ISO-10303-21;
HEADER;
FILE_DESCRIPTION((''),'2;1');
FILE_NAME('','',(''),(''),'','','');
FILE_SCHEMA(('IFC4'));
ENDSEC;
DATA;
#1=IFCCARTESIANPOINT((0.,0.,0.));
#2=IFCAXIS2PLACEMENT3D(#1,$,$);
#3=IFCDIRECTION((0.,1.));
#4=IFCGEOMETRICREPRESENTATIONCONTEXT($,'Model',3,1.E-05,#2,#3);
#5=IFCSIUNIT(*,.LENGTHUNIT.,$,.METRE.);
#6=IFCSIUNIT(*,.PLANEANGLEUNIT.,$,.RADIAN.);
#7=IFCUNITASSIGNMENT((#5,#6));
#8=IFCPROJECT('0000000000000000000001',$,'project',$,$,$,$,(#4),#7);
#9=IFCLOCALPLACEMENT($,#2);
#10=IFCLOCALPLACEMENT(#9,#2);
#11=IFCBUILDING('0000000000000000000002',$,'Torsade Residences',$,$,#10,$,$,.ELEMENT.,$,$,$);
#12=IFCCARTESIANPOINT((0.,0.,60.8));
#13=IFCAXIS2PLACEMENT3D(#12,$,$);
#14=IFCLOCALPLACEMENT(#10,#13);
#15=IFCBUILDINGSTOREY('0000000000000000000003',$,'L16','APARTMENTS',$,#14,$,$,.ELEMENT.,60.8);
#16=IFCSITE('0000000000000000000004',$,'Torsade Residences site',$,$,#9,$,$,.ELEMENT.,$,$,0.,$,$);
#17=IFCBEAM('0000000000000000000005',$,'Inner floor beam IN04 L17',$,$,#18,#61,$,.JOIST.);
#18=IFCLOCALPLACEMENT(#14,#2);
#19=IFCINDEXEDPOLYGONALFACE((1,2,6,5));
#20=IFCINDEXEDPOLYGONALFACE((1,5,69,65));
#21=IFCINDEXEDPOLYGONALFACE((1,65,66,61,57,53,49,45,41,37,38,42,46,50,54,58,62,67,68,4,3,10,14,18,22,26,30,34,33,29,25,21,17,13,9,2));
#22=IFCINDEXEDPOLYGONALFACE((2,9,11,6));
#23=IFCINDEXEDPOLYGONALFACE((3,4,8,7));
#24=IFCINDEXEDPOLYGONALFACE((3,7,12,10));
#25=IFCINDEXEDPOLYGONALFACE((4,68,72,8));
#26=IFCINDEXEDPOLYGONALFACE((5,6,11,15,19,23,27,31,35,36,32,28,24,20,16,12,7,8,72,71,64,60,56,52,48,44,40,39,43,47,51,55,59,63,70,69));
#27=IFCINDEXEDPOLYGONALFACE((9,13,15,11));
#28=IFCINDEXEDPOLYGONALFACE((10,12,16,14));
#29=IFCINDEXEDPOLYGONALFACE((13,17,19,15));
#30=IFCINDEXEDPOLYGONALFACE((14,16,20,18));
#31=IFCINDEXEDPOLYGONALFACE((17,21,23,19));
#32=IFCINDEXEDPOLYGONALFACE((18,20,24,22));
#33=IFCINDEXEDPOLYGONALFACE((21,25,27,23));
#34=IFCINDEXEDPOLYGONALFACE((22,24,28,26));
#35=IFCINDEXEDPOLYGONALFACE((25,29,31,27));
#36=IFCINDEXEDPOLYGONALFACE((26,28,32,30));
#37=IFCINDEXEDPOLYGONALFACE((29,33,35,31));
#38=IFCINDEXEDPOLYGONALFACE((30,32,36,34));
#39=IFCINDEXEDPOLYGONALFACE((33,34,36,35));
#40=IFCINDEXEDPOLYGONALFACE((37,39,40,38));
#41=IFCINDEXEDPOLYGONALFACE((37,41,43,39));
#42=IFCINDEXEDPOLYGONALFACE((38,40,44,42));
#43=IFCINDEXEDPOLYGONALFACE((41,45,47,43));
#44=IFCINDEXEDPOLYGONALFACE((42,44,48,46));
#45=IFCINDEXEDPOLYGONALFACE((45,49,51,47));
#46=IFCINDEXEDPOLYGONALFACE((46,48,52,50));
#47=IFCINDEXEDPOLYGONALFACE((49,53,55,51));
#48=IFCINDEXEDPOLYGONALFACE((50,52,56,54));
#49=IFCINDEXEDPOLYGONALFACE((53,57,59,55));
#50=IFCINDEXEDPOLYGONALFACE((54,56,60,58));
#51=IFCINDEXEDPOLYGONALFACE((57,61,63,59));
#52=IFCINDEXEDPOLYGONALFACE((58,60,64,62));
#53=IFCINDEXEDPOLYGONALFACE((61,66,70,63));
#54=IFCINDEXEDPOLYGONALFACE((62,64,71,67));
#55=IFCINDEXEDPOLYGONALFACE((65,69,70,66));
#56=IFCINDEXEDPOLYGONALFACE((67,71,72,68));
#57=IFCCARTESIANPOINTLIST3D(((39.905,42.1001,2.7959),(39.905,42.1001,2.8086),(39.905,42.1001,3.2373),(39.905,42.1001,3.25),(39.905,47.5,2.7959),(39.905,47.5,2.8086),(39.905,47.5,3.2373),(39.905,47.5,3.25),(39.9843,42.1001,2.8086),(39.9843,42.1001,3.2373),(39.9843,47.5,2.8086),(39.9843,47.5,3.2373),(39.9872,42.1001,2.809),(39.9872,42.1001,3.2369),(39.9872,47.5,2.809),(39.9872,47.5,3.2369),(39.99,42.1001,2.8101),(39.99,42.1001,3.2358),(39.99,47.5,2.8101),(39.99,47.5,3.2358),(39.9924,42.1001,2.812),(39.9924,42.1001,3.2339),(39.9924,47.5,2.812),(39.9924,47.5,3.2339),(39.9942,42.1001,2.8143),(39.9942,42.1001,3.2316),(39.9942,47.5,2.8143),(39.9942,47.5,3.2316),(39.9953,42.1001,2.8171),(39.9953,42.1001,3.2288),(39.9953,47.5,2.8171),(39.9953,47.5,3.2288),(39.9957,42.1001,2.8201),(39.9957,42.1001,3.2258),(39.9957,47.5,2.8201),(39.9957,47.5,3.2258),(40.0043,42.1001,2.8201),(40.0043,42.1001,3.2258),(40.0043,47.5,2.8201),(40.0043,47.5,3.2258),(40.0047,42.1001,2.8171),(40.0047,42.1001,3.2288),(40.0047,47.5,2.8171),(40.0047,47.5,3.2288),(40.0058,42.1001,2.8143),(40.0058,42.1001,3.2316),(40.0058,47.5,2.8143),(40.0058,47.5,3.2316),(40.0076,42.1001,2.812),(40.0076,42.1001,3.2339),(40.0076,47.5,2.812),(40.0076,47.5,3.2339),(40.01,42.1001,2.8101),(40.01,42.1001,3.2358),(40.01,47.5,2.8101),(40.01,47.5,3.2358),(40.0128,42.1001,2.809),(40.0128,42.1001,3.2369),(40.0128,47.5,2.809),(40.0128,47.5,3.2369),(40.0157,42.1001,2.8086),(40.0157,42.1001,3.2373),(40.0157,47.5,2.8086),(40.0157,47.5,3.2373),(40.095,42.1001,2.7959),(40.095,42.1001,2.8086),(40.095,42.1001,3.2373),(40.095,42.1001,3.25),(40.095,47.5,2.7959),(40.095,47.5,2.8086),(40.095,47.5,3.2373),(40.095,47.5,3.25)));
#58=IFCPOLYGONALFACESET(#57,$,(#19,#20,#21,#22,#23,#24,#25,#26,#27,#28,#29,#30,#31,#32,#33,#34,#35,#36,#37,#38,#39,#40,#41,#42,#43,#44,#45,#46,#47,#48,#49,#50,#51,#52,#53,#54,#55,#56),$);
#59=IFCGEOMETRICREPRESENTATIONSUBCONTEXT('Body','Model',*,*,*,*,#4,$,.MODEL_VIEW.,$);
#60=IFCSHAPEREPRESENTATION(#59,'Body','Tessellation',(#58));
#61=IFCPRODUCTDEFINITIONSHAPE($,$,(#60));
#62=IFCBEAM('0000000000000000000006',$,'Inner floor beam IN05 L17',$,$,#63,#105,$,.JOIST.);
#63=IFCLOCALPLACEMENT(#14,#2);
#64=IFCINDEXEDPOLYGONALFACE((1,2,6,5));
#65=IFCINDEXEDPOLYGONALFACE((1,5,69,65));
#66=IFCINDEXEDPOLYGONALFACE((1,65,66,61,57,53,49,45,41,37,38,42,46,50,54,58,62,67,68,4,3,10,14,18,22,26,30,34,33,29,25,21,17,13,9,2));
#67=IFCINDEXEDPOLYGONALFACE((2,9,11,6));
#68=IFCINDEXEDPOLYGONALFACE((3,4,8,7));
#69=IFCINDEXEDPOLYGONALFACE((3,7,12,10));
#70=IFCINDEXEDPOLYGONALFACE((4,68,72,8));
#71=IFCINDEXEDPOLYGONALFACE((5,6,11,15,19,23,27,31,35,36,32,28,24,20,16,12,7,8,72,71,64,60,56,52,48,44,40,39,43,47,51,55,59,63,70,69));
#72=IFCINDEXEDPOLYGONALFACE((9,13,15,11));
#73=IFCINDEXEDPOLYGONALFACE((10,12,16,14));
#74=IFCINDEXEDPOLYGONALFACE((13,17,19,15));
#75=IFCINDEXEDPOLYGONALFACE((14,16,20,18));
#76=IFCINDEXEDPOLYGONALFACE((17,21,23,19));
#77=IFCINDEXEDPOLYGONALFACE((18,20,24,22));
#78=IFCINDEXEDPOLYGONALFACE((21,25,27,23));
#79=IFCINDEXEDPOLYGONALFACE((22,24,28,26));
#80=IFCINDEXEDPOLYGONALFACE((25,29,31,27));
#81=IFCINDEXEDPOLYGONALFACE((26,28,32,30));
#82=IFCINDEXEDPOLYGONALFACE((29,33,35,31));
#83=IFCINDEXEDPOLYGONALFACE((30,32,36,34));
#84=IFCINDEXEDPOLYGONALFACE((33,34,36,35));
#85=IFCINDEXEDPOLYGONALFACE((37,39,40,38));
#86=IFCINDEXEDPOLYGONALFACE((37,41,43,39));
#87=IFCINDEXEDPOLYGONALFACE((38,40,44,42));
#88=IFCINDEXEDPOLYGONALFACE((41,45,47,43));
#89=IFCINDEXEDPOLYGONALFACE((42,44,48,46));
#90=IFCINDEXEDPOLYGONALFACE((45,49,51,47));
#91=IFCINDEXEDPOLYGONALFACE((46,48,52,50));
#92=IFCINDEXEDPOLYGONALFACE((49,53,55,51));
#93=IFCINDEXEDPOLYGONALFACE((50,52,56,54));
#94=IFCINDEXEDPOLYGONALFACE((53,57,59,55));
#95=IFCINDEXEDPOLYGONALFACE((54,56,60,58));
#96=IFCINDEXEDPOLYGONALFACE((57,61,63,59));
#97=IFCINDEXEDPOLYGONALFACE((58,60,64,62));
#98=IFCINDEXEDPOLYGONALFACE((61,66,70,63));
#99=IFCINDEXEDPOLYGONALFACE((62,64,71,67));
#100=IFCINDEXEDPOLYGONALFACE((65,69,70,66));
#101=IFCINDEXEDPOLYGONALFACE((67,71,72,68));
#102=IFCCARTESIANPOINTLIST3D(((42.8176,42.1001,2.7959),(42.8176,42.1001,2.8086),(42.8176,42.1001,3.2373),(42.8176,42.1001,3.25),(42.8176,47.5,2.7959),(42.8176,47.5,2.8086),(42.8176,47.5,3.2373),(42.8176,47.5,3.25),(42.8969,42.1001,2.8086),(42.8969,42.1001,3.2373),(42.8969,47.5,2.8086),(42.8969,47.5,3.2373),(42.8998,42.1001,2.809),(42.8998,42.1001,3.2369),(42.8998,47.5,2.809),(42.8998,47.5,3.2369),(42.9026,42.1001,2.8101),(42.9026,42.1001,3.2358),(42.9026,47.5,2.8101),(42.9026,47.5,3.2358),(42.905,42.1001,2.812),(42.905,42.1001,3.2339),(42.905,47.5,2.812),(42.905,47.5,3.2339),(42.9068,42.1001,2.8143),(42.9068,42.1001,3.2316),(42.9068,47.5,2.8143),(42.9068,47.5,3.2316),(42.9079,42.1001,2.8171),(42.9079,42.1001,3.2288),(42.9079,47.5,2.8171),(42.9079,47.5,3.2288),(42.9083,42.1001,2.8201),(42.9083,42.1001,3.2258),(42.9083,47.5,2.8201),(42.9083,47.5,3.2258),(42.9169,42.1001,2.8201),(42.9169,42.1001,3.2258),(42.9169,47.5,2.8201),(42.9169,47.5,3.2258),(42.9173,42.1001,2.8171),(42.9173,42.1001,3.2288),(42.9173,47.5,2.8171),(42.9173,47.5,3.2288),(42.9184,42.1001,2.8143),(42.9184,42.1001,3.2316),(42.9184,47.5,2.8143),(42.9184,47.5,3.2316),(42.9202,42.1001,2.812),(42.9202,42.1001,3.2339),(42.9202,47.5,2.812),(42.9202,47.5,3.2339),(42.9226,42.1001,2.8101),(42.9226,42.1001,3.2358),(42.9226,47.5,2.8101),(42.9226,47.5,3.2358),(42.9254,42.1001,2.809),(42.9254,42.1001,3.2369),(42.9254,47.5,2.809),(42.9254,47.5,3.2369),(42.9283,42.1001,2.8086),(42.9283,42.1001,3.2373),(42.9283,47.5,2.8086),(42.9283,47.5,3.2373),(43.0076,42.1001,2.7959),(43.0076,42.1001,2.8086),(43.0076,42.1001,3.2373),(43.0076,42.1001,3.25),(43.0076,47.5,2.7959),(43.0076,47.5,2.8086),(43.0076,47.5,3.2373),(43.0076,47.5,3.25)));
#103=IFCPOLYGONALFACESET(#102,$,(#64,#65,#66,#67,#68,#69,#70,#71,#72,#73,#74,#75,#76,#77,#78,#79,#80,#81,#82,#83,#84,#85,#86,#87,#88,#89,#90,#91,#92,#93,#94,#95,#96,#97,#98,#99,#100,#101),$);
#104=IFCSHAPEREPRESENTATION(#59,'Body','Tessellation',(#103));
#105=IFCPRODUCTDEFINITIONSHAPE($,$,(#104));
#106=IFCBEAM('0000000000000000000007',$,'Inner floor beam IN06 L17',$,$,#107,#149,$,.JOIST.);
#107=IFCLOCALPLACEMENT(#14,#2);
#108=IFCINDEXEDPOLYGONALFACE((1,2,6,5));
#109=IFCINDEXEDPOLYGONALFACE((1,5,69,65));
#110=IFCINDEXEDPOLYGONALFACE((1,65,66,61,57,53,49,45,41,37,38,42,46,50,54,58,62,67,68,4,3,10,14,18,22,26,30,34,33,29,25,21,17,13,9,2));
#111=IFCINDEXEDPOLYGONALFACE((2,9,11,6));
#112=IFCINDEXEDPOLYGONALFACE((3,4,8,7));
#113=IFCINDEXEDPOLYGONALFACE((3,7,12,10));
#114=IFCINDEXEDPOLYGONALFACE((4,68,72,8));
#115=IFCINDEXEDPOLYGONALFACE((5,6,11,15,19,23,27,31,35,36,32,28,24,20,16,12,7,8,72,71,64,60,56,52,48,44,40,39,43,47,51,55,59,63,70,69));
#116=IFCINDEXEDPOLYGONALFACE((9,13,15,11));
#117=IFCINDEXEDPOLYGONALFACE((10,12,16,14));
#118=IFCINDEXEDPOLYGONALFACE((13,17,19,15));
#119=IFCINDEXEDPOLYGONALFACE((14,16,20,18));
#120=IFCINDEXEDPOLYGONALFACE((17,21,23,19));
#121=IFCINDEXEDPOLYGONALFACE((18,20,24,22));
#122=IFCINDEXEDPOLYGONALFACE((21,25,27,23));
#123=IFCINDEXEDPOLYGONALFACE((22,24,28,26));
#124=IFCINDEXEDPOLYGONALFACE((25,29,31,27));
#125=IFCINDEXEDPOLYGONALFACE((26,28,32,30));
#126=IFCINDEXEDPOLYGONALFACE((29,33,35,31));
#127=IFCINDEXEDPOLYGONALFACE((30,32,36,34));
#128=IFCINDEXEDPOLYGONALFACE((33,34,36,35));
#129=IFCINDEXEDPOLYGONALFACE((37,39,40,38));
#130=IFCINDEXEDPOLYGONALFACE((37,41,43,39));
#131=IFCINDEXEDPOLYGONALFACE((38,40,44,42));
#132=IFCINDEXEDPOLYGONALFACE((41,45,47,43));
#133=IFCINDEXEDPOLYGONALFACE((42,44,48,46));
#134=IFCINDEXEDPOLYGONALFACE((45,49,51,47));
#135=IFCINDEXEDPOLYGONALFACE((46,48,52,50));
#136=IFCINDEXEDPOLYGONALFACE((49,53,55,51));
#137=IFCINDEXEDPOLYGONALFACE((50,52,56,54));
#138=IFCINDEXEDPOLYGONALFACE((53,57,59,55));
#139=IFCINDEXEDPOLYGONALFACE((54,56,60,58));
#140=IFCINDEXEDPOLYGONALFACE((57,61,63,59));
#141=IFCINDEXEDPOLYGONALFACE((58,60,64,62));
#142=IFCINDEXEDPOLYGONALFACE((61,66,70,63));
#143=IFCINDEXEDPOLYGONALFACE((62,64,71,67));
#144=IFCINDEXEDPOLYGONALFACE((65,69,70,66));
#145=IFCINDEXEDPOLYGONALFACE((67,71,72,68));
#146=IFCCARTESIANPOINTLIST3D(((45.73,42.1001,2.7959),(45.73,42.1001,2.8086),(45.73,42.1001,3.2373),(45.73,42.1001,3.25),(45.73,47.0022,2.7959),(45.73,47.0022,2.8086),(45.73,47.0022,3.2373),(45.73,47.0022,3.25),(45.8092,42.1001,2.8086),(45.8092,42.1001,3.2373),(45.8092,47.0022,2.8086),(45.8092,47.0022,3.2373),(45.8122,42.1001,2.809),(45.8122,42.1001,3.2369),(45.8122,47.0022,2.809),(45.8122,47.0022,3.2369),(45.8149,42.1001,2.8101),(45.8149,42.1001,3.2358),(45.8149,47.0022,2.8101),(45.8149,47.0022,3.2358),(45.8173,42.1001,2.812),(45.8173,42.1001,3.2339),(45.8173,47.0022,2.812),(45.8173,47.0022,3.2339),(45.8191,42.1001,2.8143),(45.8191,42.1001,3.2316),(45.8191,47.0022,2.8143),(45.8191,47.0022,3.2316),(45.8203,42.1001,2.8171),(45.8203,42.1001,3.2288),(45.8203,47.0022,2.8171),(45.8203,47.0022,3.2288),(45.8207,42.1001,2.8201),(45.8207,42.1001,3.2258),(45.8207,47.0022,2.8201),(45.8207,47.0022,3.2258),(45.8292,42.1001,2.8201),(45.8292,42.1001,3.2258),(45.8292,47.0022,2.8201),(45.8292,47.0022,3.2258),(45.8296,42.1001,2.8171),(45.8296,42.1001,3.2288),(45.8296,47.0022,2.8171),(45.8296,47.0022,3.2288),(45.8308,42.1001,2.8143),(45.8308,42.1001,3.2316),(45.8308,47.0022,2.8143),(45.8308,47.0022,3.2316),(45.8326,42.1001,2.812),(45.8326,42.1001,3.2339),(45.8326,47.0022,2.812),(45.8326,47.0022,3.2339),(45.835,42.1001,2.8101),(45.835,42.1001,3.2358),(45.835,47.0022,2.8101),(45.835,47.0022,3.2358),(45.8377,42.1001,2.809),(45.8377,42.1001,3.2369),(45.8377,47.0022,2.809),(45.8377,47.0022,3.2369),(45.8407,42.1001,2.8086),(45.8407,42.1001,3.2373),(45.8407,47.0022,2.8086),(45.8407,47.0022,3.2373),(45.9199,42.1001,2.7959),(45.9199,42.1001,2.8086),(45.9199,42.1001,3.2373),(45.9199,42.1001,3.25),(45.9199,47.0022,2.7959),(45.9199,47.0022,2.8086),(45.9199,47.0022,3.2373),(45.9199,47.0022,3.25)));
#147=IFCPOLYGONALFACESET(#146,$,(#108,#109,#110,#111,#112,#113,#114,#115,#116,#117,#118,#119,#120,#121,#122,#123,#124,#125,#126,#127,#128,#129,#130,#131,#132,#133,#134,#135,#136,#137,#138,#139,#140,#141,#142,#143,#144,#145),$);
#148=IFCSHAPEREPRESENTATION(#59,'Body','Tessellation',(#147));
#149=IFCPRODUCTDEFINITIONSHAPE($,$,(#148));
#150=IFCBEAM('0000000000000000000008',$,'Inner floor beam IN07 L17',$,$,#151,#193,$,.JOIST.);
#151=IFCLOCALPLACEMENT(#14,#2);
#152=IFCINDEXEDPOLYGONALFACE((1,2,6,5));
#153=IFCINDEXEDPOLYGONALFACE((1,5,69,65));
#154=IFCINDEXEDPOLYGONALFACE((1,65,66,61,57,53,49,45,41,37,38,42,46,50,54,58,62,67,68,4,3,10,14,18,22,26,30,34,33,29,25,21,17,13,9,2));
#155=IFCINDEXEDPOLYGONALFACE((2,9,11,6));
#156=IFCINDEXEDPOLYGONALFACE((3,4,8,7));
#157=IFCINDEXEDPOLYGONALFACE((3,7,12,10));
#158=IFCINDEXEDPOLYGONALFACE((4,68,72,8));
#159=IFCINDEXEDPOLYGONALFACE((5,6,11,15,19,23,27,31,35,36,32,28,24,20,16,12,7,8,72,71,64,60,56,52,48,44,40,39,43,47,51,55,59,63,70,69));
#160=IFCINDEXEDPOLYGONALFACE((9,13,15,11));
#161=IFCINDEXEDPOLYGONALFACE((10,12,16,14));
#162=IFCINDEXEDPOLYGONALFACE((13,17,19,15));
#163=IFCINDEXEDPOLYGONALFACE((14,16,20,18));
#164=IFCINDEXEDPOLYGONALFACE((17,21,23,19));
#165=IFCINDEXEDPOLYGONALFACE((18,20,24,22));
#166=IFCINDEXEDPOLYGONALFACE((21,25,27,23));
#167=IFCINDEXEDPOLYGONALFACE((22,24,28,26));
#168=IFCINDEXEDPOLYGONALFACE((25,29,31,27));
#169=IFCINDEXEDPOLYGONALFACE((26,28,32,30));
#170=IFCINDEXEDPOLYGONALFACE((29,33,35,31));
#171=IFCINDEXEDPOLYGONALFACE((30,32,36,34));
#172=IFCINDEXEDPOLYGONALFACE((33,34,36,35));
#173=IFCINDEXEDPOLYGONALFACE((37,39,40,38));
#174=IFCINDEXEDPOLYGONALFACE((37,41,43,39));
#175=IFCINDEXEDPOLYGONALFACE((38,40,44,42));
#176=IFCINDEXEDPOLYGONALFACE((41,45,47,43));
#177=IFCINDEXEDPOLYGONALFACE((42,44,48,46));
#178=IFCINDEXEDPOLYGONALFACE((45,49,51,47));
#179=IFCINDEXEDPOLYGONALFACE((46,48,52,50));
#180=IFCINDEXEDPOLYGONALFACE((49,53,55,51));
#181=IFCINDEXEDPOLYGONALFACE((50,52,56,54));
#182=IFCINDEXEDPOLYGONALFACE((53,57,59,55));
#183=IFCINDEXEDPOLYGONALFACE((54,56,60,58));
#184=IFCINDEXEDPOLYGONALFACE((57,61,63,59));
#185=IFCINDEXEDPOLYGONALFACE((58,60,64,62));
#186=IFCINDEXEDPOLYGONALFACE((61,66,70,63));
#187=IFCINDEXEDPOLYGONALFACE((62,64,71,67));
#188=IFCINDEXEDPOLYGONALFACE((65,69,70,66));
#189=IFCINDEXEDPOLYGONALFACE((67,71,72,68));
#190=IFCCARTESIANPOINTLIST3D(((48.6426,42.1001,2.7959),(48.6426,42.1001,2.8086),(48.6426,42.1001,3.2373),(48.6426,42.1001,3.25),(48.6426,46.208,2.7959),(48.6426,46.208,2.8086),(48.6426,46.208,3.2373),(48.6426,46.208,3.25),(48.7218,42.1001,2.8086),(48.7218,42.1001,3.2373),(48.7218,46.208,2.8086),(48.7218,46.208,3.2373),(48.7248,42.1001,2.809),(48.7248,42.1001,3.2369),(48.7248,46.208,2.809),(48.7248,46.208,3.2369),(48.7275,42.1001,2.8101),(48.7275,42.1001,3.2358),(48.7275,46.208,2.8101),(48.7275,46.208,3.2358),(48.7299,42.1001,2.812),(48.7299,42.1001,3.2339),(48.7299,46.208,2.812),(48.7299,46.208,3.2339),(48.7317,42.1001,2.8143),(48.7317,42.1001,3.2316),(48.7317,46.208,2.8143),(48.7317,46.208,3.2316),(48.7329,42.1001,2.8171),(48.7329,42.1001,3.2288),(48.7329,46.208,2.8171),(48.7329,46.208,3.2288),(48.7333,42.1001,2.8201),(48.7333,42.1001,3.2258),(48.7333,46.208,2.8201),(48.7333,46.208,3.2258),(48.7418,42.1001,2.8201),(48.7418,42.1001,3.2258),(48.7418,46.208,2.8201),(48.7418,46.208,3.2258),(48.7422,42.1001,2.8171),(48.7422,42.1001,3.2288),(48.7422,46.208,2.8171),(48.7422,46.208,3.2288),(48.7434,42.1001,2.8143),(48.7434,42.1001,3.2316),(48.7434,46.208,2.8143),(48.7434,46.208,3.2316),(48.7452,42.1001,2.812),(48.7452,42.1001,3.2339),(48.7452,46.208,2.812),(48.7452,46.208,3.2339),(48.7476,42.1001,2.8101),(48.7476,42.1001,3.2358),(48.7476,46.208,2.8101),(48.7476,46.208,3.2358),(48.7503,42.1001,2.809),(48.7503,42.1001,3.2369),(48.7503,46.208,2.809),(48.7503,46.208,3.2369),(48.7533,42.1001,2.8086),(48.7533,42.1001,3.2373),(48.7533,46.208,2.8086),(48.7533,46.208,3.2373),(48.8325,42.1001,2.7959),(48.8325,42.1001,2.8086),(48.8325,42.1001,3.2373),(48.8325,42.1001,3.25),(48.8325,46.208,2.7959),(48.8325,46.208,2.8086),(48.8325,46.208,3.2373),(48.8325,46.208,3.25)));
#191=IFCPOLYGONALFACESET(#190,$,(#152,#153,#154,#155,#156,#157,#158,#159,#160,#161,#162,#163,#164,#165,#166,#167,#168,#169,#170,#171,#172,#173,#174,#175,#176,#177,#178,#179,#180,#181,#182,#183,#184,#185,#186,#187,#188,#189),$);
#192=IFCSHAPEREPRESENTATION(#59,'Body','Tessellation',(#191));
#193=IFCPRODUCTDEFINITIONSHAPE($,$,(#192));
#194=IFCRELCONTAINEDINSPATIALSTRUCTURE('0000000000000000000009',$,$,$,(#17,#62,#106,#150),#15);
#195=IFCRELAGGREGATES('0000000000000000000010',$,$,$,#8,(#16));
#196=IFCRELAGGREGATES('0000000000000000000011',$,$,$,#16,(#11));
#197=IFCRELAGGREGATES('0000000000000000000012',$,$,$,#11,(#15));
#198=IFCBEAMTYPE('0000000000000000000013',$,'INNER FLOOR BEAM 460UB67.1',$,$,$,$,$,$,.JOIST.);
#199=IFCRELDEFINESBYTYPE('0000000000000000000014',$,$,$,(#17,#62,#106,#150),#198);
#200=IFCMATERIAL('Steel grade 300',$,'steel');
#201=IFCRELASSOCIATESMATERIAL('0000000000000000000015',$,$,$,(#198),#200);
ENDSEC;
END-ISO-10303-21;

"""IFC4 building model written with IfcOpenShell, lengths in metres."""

from ifc_helpers import new_model, si_unit, direction, frame, origin, origin_2d, place, context, subcontext, project, spatial, i_section, extrude, material, material_profile, profile_set, type_object, element, save


model = new_model("IFC4")

# Units and contexts
model_context = context("Model", 3, precision=1e-05, world=origin(), true_north=direction((0.0, 1.0)))
body_context = subcontext(model_context, "Body", "Model", "MODEL_VIEW")
ifc_project = project(units=[si_unit("LENGTHUNIT", "METRE"), si_unit("PLANEANGLEUNIT", "RADIAN")], contexts=[model_context])

# Site, building, storey
site_placement = place(None, origin())
site = spatial("IfcSite", under=ifc_project, at=site_placement, Name="Torsade Residences site", CompositionType="ELEMENT", RefElevation=0.0)
building_placement = place(site_placement, origin())
building = spatial("IfcBuilding", under=site, at=building_placement, Name="Torsade Residences", CompositionType="ELEMENT")
storey_placement = place(building_placement, frame((0.0, 0.0, 60.8)))
storey = spatial("IfcBuildingStorey", under=building, at=storey_placement, Name="L16", Description="APARTMENTS", CompositionType="ELEMENT", Elevation=60.8)

# Beams
ifc_material_1 = material(Name="Steel grade 300", Category="steel")
ifc_material_profile = material_profile(ifc_material_1, i_section(OverallWidth=0.1899, OverallDepth=0.4541, WebThickness=0.0085, FlangeThickness=0.0127, FilletRadius=0.0115, at=origin_2d()), Name="460UB67.1")
ifc_profile_set = profile_set([ifc_material_profile], Name="Steel grade 300")
beam_type = type_object("IfcBeamType", Name="INNER FLOOR BEAM 460UB67.1", PredefinedType="JOIST", material=ifc_profile_set)
for number, where, z_axis, x_axis, name in (
    (1, (40.0, 42.1001, 3.0229), (0.0, 1.0, 0.0), (-1.0, 0.0, 0.0), "Inner floor beam IN04 L17"),
    (2, (42.9126, 42.1001, 3.0229), (0.0, 1.0, 0.0), (-1.0, 0.0, 0.0), "Inner floor beam IN05 L17"),
):
    element("IfcBeam", number, at=place(storey_placement, frame(where, z_axis=z_axis, x_axis=x_axis)), inside=storey, type_object=beam_type, Name=name, PredefinedType="JOIST", context=body_context, shape_type="SweptSolid", body=[
        extrude(i_section(OverallWidth=0.1899, OverallDepth=0.4541, WebThickness=0.0085, FlangeThickness=0.0127, FilletRadius=0.0115, at=origin_2d()), origin(), (0.0, 0.0, 1.0), 5.3999),
    ])
beam_1_placement = place(storey_placement, frame((45.825, 42.1001, 3.0229), z_axis=(0.0, 1.0, 0.0), x_axis=(-1.0, 0.0, 0.0)))
element("IfcBeam", 3, at=beam_1_placement, inside=storey, type_object=beam_type, Name="Inner floor beam IN06 L17", PredefinedType="JOIST", context=body_context, shape_type="SweptSolid", body=[
    extrude(i_section(OverallWidth=0.1899, OverallDepth=0.4541, WebThickness=0.0085, FlangeThickness=0.0127, FilletRadius=0.0115, at=origin_2d()), origin(), (0.0, 0.0, 1.0), 4.9021),
])
beam_2_placement = place(storey_placement, frame((48.7375, 42.1001, 3.0229), z_axis=(0.0, 1.0, 0.0), x_axis=(-1.0, 0.0, 0.0)))
element("IfcBeam", 4, at=beam_2_placement, inside=storey, type_object=beam_type, Name="Inner floor beam IN07 L17", PredefinedType="JOIST", context=body_context, shape_type="SweptSolid", body=[
    extrude(i_section(OverallWidth=0.1899, OverallDepth=0.4541, WebThickness=0.0085, FlangeThickness=0.0127, FilletRadius=0.0115, at=origin_2d()), origin(), (0.0, 0.0, 1.0), 4.1079),
])

save(model, "model.ifc")
